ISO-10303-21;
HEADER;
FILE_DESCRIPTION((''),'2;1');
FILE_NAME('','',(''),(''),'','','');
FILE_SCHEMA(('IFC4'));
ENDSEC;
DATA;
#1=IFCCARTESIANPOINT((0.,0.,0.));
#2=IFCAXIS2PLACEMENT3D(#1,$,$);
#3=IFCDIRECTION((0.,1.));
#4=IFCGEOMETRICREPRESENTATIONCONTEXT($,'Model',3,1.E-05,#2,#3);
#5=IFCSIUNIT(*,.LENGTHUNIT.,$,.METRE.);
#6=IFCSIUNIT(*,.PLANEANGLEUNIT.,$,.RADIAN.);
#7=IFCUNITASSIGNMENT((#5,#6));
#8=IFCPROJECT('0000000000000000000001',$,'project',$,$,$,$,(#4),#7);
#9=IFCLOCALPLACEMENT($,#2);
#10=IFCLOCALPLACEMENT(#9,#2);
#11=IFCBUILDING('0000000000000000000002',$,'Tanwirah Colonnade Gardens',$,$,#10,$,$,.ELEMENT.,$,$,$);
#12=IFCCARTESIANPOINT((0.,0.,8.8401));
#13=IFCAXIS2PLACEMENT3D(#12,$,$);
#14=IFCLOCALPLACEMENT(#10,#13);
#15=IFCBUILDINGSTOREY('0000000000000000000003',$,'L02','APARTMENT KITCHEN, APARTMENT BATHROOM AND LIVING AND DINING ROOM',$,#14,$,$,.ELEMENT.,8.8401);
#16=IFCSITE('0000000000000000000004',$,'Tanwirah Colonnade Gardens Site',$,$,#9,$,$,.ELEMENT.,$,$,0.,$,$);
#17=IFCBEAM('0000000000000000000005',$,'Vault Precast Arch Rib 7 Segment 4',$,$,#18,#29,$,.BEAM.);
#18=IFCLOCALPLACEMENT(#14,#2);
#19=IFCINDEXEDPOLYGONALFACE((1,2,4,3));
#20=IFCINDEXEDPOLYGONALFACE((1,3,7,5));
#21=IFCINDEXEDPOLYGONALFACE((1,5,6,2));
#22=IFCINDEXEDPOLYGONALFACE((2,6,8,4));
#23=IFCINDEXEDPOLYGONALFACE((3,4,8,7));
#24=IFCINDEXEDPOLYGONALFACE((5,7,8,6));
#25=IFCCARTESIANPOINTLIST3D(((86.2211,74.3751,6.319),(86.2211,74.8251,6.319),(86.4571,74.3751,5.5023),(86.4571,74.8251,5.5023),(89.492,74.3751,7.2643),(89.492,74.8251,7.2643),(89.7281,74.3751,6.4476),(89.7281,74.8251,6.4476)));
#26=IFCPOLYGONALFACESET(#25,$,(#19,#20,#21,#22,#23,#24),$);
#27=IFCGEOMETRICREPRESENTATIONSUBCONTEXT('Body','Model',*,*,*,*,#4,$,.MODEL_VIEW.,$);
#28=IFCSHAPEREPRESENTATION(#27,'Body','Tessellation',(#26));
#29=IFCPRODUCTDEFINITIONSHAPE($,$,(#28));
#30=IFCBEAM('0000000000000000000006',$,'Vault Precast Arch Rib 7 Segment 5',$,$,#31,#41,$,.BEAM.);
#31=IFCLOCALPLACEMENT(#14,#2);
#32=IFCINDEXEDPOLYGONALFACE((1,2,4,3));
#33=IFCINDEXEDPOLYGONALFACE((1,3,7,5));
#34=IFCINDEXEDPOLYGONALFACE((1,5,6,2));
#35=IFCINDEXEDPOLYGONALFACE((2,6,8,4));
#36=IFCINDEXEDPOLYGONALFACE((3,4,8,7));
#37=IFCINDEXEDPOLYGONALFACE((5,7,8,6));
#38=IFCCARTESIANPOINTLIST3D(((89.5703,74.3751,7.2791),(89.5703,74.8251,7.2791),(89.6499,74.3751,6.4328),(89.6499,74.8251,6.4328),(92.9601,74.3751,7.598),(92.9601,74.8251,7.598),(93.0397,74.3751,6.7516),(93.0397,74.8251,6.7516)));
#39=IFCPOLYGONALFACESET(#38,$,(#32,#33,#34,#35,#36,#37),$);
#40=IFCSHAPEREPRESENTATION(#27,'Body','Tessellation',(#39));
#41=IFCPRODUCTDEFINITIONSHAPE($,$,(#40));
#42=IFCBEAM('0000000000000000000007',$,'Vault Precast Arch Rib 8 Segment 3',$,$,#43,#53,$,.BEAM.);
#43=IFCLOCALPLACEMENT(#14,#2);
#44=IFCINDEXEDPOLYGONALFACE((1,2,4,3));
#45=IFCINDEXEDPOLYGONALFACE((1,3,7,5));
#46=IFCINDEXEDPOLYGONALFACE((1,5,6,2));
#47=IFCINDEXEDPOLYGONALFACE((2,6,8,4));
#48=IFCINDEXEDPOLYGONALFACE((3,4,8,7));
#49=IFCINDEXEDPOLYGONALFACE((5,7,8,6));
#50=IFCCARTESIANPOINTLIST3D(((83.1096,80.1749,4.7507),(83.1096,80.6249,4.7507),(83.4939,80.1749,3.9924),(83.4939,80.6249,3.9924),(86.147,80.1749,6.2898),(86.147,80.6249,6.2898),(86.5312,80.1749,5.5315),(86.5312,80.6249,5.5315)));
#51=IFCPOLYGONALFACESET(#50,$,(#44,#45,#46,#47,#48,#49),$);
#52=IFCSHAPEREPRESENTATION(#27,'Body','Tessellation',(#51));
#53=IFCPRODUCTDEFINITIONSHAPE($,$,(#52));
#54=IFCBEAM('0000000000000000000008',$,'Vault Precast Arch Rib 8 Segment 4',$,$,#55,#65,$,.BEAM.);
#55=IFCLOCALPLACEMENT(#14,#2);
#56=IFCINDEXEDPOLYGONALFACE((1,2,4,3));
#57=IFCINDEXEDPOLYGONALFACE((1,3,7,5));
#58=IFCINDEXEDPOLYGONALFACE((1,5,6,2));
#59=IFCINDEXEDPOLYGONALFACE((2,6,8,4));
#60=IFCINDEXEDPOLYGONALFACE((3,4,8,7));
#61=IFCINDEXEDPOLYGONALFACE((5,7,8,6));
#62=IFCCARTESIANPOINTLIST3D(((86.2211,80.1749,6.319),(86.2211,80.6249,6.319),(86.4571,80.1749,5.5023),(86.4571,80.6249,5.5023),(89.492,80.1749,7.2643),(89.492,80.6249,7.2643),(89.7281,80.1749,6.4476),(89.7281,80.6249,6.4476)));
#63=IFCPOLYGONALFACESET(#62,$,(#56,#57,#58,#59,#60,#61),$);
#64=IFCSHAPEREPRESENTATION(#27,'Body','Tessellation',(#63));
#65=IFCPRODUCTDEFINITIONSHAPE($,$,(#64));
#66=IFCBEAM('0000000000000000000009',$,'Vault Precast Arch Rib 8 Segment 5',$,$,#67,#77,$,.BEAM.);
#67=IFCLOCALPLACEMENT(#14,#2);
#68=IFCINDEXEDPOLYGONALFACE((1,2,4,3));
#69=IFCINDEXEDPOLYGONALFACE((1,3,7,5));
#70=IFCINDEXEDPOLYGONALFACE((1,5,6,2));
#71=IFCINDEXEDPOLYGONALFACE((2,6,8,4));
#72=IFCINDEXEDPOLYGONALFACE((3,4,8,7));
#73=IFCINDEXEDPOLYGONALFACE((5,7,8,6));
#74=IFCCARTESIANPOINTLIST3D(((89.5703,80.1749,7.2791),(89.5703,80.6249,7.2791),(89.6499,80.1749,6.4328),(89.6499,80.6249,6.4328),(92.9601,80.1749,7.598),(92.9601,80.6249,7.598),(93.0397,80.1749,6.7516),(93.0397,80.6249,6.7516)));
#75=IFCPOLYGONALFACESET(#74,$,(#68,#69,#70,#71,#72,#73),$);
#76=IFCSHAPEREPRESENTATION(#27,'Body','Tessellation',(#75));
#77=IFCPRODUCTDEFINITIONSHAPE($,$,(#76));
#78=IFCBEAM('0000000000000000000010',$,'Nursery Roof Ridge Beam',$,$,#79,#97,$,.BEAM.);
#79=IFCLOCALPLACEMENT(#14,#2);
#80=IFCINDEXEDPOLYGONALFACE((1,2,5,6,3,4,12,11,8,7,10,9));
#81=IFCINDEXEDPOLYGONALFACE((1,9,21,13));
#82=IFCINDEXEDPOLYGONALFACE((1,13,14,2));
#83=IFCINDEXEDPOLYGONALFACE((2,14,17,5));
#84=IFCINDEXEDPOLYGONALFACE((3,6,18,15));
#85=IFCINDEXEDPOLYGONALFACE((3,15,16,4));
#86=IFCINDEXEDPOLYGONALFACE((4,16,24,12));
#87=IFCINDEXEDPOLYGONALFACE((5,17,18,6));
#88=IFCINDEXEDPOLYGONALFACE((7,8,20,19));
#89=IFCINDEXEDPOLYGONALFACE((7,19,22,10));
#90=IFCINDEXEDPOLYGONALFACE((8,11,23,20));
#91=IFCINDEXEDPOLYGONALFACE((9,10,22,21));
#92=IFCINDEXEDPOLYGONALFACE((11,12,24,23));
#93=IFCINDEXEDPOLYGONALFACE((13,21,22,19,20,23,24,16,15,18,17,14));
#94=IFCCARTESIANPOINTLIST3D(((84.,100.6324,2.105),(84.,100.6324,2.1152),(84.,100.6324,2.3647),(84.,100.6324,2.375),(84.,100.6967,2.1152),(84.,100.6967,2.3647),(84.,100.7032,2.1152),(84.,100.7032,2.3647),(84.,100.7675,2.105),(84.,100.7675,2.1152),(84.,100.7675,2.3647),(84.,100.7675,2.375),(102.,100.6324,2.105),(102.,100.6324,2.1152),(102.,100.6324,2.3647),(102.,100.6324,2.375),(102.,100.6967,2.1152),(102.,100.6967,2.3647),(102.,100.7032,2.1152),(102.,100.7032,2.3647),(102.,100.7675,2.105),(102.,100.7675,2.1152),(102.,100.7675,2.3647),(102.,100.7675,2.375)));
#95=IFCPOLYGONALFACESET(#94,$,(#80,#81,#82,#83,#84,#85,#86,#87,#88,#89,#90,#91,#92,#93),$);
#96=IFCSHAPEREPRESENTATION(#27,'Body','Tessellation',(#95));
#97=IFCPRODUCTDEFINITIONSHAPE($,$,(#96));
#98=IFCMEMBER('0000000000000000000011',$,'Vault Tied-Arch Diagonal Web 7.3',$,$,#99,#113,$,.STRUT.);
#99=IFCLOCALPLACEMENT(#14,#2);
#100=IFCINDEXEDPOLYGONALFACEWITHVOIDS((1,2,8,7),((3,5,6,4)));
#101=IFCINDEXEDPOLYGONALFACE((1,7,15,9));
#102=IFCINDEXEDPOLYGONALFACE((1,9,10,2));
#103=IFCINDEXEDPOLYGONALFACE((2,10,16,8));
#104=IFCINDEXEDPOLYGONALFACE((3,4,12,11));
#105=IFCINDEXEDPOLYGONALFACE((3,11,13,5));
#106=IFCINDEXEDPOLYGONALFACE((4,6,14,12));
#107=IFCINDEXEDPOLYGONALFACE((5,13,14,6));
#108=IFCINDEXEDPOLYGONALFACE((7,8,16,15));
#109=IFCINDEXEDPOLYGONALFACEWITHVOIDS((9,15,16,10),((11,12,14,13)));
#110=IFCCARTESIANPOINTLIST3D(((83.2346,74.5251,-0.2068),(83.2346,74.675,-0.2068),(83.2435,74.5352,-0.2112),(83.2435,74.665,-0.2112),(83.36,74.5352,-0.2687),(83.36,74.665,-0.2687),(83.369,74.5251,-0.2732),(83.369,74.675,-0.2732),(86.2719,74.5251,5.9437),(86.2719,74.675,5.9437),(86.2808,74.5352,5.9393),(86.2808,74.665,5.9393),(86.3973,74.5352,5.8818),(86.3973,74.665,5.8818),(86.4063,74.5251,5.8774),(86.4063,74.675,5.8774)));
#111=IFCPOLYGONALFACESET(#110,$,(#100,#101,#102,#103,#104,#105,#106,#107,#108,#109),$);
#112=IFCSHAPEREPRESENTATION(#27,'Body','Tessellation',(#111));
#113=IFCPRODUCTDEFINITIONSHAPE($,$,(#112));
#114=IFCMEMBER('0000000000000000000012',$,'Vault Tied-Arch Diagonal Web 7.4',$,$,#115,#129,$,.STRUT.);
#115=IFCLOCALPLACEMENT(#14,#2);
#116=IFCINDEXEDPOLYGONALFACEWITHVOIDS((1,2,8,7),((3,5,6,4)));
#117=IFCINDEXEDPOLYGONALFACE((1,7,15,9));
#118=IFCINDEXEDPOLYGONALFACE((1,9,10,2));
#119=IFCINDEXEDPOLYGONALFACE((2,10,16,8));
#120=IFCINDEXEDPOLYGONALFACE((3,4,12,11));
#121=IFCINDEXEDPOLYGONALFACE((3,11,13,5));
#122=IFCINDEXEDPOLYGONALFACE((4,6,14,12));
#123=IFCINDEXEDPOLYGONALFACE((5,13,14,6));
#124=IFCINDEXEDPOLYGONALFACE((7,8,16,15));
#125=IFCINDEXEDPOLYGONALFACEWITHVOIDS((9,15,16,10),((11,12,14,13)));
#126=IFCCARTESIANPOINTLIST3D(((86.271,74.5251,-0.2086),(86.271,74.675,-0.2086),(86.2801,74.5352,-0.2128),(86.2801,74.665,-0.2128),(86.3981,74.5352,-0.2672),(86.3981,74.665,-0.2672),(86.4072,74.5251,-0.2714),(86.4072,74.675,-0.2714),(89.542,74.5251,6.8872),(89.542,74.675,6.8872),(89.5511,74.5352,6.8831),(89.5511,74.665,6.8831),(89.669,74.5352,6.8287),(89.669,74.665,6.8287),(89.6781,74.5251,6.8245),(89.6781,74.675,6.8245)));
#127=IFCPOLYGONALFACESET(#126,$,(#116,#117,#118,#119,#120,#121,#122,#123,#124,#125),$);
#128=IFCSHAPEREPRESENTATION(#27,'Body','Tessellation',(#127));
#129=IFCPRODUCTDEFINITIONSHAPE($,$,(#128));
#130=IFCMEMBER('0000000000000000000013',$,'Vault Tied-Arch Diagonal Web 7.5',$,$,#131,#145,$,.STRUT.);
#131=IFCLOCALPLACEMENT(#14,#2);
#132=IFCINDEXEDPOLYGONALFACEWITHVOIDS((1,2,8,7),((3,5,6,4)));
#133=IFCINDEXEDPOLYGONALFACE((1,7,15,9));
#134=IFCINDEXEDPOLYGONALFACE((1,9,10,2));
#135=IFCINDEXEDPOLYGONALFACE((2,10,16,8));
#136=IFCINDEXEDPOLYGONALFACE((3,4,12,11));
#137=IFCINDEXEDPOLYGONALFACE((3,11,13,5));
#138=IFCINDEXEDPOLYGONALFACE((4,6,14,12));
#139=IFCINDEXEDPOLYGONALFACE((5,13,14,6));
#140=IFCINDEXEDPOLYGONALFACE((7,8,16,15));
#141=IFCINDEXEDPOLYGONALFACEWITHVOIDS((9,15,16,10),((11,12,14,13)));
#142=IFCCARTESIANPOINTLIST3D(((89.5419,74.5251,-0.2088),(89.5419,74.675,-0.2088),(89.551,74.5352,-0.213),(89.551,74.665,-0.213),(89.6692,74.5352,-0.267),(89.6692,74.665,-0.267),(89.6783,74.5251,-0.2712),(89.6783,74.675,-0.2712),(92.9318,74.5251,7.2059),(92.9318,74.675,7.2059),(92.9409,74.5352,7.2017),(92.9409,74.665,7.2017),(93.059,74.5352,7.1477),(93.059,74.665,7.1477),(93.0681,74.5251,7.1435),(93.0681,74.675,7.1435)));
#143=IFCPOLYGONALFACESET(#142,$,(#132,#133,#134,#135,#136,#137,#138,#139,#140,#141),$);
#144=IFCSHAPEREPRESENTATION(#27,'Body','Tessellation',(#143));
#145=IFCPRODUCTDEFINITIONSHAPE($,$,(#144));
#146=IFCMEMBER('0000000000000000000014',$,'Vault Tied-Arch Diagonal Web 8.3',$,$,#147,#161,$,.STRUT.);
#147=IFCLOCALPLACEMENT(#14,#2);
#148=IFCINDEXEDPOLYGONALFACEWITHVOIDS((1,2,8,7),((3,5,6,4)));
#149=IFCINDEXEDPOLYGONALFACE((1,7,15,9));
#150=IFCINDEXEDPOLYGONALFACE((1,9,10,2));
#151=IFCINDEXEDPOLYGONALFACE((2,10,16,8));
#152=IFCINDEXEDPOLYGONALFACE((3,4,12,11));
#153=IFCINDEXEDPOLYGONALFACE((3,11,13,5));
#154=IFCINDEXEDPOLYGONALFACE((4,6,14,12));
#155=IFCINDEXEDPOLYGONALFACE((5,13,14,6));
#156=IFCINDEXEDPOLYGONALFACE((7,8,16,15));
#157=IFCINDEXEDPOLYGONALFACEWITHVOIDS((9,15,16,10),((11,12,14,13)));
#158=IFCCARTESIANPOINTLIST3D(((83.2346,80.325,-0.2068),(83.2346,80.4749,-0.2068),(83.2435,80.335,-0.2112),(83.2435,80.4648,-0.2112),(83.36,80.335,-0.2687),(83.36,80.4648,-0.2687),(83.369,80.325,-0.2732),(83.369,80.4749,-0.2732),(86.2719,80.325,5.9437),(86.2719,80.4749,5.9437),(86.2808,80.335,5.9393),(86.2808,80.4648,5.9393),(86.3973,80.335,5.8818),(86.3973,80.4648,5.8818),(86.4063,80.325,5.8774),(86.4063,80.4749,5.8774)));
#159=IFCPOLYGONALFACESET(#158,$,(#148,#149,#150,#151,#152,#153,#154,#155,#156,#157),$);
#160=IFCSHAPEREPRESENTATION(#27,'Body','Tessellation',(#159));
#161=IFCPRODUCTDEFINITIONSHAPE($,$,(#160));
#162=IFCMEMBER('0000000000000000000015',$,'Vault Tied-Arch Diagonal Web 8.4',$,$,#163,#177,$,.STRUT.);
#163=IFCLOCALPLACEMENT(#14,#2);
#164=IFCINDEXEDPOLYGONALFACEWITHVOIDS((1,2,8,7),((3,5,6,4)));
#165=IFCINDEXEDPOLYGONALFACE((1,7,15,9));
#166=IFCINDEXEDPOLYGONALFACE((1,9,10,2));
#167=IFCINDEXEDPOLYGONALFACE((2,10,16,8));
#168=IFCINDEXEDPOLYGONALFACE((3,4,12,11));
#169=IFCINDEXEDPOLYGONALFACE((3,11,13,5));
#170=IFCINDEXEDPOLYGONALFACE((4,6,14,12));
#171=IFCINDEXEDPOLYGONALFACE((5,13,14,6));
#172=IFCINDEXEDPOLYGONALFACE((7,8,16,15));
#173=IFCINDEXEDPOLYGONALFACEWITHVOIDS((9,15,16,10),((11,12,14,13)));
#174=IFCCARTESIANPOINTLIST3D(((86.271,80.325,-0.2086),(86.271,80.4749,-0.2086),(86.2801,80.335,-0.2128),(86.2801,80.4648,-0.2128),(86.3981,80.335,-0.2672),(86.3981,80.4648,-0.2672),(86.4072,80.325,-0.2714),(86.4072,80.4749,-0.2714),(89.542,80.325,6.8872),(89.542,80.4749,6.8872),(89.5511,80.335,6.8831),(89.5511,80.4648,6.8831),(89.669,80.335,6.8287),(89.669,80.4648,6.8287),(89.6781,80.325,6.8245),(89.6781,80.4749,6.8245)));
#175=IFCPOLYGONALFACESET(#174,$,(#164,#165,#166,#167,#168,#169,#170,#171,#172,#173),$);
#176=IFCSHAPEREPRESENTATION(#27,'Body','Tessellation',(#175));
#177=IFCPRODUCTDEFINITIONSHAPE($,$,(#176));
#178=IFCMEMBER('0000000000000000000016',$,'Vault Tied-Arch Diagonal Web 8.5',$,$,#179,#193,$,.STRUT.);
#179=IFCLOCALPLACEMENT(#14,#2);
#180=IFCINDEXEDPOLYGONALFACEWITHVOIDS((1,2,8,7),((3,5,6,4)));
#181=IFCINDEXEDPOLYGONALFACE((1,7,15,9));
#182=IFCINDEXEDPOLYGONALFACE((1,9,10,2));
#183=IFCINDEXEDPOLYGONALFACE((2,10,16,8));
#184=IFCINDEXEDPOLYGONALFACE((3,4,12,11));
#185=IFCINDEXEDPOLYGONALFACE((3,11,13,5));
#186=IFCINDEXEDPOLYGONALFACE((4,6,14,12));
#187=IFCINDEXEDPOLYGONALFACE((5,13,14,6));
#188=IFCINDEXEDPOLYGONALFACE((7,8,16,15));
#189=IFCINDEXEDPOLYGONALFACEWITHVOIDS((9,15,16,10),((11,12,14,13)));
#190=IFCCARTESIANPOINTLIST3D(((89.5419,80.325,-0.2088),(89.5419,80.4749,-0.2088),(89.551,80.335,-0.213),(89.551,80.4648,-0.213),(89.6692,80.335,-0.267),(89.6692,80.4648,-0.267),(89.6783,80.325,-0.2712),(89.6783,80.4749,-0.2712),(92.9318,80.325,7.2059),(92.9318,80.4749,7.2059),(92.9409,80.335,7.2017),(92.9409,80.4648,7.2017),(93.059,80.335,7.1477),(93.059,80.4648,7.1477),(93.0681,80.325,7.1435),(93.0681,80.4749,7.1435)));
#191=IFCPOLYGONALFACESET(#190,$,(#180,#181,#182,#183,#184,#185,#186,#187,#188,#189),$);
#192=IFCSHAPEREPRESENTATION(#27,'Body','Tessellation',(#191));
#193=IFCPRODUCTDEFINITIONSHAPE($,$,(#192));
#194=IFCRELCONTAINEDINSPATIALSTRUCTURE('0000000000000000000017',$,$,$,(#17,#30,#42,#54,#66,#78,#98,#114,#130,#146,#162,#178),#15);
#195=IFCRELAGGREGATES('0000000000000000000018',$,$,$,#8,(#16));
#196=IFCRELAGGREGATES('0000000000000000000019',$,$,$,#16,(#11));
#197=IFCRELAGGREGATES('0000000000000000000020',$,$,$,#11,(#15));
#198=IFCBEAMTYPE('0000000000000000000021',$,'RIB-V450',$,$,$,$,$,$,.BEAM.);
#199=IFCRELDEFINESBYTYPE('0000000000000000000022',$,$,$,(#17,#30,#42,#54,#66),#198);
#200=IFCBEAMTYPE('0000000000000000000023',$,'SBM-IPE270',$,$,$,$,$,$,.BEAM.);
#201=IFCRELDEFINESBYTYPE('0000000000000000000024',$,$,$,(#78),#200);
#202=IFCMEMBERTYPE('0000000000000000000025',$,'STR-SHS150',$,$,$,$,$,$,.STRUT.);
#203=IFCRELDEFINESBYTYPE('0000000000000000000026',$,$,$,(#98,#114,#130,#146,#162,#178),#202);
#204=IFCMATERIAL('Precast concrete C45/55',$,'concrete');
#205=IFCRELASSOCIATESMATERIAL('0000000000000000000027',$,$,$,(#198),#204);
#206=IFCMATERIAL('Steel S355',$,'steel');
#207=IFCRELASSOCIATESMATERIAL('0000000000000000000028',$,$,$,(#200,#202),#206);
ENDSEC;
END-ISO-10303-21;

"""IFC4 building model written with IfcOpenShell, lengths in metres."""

from ifc_helpers import new_model, si_unit, direction, frame, origin, origin_2d, place, context, subcontext, project, spatial, rectangle, hollow_rectangle, i_section, extrude, material, material_profile, profile_set, type_object, element, save


model = new_model("IFC4")

# Units and contexts
model_context = context("Model", 3, precision=1e-05, world=origin(), true_north=direction((0.0, 1.0)))
body_context = subcontext(model_context, "Body", "Model", "MODEL_VIEW")
ifc_project = project(units=[si_unit("LENGTHUNIT", "METRE"), si_unit("PLANEANGLEUNIT", "RADIAN")], contexts=[model_context])

# Site, building, storey
site_placement = place(None, origin())
site = spatial("IfcSite", under=ifc_project, at=site_placement, Name="Tanwirah Colonnade Gardens Site", CompositionType="ELEMENT", RefElevation=0.0)
building_placement = place(site_placement, origin())
building = spatial("IfcBuilding", under=site, at=building_placement, Name="Tanwirah Colonnade Gardens", CompositionType="ELEMENT")
storey_placement = place(building_placement, frame((0.0, 0.0, 8.8401)))
storey = spatial("IfcBuildingStorey", under=building, at=storey_placement, Name="L02", Description="APARTMENT KITCHEN, APARTMENT BATHROOM AND LIVING AND DINING ROOM", CompositionType="ELEMENT", Elevation=8.8401)

# Shared definitions
ifc_material_1 = material(Name="Steel S355", Category="steel")

# Beams
ifc_material_2 = material(Name="Precast concrete C45/55", Category="concrete")
ifc_material_profile_1 = material_profile(ifc_material_2, rectangle(XDim=0.45, YDim=0.8501, at=origin_2d()), Name="PC-RIB 450x850")
ifc_profile_set_1 = profile_set([ifc_material_profile_1], Name="Precast concrete C45/55")
beam_type_1 = type_object("IfcBeamType", Name="RIB-V450", PredefinedType="BEAM", material=ifc_profile_set_1)
for number, where, z_axis, x_axis, name in (
    (1, (86.3391, 74.6001, 5.9106), (0.960686, 0.0, 0.277637), (0.0, 1.0, 0.0), "Vault Precast Arch Rib 7 Segment 4"),
    (2, (89.6101, 74.6001, 6.856), (0.995606, 0.0, 0.093645), (0.0, 1.0, 0.0), "Vault Precast Arch Rib 7 Segment 5"),
):
    element("IfcBeam", number, at=place(storey_placement, frame(where, z_axis=z_axis, x_axis=x_axis)), inside=storey, type_object=beam_type_1, Name=name, PredefinedType="BEAM", context=body_context, shape_type="SweptSolid", body=[
        extrude(rectangle(XDim=0.45, YDim=0.8501, at=origin_2d()), origin(), (0.0, 0.0, 1.0), 3.4048),
    ])
beam_1_placement = place(storey_placement, frame((83.3018, 80.3999, 4.3716), z_axis=(0.89202, 0.0, 0.451997), x_axis=(0.0, 1.0, 0.0)))
element("IfcBeam", 3, at=beam_1_placement, inside=storey, type_object=beam_type_1, Name="Vault Precast Arch Rib 8 Segment 3", PredefinedType="BEAM", context=body_context, shape_type="SweptSolid", body=[
    extrude(rectangle(XDim=0.45, YDim=0.8501, at=origin_2d()), origin(), (0.0, 0.0, 1.0), 3.405),
])
for number, where, z_axis, x_axis, name in (
    (4, (86.3391, 80.3999, 5.9106), (0.960686, 0.0, 0.277637), (0.0, 1.0, 0.0), "Vault Precast Arch Rib 8 Segment 4"),
    (5, (89.6101, 80.3999, 6.856), (0.995606, 0.0, 0.093645), (0.0, 1.0, 0.0), "Vault Precast Arch Rib 8 Segment 5"),
):
    element("IfcBeam", number, at=place(storey_placement, frame(where, z_axis=z_axis, x_axis=x_axis)), inside=storey, type_object=beam_type_1, Name=name, PredefinedType="BEAM", context=body_context, shape_type="SweptSolid", body=[
        extrude(rectangle(XDim=0.45, YDim=0.8501, at=origin_2d()), origin(), (0.0, 0.0, 1.0), 3.4048),
    ])
ifc_material_profile_2 = material_profile(ifc_material_1, i_section(OverallWidth=0.135, OverallDepth=0.27, WebThickness=0.0066, FlangeThickness=0.0103, at=origin_2d()), Name="IPE 270")
ifc_profile_set_2 = profile_set([ifc_material_profile_2], Name="Steel S355")
beam_type_2 = type_object("IfcBeamType", Name="SBM-IPE270", PredefinedType="BEAM", material=ifc_profile_set_2)
beam_2_placement = place(storey_placement, frame((84.0, 100.7, 2.24), z_axis=(1.0, 0.0, 0.0), x_axis=(0.0, 1.0, 0.0)))
element("IfcBeam", 6, at=beam_2_placement, inside=storey, type_object=beam_type_2, Name="Nursery Roof Ridge Beam", PredefinedType="BEAM", context=body_context, shape_type="SweptSolid", body=[
    extrude(i_section(OverallWidth=0.135, OverallDepth=0.27, WebThickness=0.0066, FlangeThickness=0.0103, at=origin_2d()), origin(), (0.0, 0.0, 1.0), 18.0),
])

# Members
ifc_material_profile_3 = material_profile(ifc_material_1, hollow_rectangle(XDim=0.1499, YDim=0.1499, WallThickness=0.01, at=origin_2d()), Name="SHS 150x150x10")
ifc_profile_set_3 = profile_set([ifc_material_profile_3], Name="Steel S355")
member_type_1 = type_object("IfcMemberType", Name="STR-SHS150", PredefinedType="STRUT", material=ifc_profile_set_3)
member_1_placement = place(storey_placement, frame((83.3018, 74.6001, -0.24), z_axis=(0.442781, 0.0, 0.89663), x_axis=(0.0, 1.0, 0.0)))
element("IfcMember", 7, at=member_1_placement, inside=storey, type_object=member_type_1, Name="Vault Tied-Arch Diagonal Web 7.3", PredefinedType="STRUT", context=body_context, shape_type="SweptSolid", body=[
    extrude(hollow_rectangle(XDim=0.1499, YDim=0.1499, WallThickness=0.01, at=origin_2d()), origin(), (0.0, 0.0, 1.0), 6.8596),
])
member_2_placement = place(storey_placement, frame((86.3391, 74.6001, -0.24), z_axis=(0.41863, 0.0, 0.908157), x_axis=(0.0, 1.0, 0.0)))
element("IfcMember", 8, at=member_2_placement, inside=storey, type_object=member_type_1, Name="Vault Tied-Arch Diagonal Web 7.4", PredefinedType="STRUT", context=body_context, shape_type="SweptSolid", body=[
    extrude(hollow_rectangle(XDim=0.1499, YDim=0.1499, WallThickness=0.01, at=origin_2d()), origin(), (0.0, 0.0, 1.0), 7.8135),
])
member_3_placement = place(storey_placement, frame((89.6101, 74.6001, -0.24), z_axis=(0.415787, 0.0, 0.909462), x_axis=(0.0, 1.0, 0.0)))
element("IfcMember", 9, at=member_3_placement, inside=storey, type_object=member_type_1, Name="Vault Tied-Arch Diagonal Web 7.5", PredefinedType="STRUT", context=body_context, shape_type="SweptSolid", body=[
    extrude(hollow_rectangle(XDim=0.1499, YDim=0.1499, WallThickness=0.01, at=origin_2d()), origin(), (0.0, 0.0, 1.0), 8.1528),
])
member_4_placement = place(storey_placement, frame((83.3018, 80.3999, -0.24), z_axis=(0.442781, 0.0, 0.89663), x_axis=(0.0, 1.0, 0.0)))
element("IfcMember", 10, at=member_4_placement, inside=storey, type_object=member_type_1, Name="Vault Tied-Arch Diagonal Web 8.3", PredefinedType="STRUT", context=body_context, shape_type="SweptSolid", body=[
    extrude(hollow_rectangle(XDim=0.1499, YDim=0.1499, WallThickness=0.01, at=origin_2d()), origin(), (0.0, 0.0, 1.0), 6.8596),
])
member_5_placement = place(storey_placement, frame((86.3391, 80.3999, -0.24), z_axis=(0.41863, 0.0, 0.908157), x_axis=(0.0, 1.0, 0.0)))
element("IfcMember", 11, at=member_5_placement, inside=storey, type_object=member_type_1, Name="Vault Tied-Arch Diagonal Web 8.4", PredefinedType="STRUT", context=body_context, shape_type="SweptSolid", body=[
    extrude(hollow_rectangle(XDim=0.1499, YDim=0.1499, WallThickness=0.01, at=origin_2d()), origin(), (0.0, 0.0, 1.0), 7.8135),
])
member_6_placement = place(storey_placement, frame((89.6101, 80.3999, -0.24), z_axis=(0.415787, 0.0, 0.909462), x_axis=(0.0, 1.0, 0.0)))
element("IfcMember", 12, at=member_6_placement, inside=storey, type_object=member_type_1, Name="Vault Tied-Arch Diagonal Web 8.5", PredefinedType="STRUT", context=body_context, shape_type="SweptSolid", body=[
    extrude(hollow_rectangle(XDim=0.1499, YDim=0.1499, WallThickness=0.01, at=origin_2d()), origin(), (0.0, 0.0, 1.0), 8.1528),
])

save(model, "model.ifc")
